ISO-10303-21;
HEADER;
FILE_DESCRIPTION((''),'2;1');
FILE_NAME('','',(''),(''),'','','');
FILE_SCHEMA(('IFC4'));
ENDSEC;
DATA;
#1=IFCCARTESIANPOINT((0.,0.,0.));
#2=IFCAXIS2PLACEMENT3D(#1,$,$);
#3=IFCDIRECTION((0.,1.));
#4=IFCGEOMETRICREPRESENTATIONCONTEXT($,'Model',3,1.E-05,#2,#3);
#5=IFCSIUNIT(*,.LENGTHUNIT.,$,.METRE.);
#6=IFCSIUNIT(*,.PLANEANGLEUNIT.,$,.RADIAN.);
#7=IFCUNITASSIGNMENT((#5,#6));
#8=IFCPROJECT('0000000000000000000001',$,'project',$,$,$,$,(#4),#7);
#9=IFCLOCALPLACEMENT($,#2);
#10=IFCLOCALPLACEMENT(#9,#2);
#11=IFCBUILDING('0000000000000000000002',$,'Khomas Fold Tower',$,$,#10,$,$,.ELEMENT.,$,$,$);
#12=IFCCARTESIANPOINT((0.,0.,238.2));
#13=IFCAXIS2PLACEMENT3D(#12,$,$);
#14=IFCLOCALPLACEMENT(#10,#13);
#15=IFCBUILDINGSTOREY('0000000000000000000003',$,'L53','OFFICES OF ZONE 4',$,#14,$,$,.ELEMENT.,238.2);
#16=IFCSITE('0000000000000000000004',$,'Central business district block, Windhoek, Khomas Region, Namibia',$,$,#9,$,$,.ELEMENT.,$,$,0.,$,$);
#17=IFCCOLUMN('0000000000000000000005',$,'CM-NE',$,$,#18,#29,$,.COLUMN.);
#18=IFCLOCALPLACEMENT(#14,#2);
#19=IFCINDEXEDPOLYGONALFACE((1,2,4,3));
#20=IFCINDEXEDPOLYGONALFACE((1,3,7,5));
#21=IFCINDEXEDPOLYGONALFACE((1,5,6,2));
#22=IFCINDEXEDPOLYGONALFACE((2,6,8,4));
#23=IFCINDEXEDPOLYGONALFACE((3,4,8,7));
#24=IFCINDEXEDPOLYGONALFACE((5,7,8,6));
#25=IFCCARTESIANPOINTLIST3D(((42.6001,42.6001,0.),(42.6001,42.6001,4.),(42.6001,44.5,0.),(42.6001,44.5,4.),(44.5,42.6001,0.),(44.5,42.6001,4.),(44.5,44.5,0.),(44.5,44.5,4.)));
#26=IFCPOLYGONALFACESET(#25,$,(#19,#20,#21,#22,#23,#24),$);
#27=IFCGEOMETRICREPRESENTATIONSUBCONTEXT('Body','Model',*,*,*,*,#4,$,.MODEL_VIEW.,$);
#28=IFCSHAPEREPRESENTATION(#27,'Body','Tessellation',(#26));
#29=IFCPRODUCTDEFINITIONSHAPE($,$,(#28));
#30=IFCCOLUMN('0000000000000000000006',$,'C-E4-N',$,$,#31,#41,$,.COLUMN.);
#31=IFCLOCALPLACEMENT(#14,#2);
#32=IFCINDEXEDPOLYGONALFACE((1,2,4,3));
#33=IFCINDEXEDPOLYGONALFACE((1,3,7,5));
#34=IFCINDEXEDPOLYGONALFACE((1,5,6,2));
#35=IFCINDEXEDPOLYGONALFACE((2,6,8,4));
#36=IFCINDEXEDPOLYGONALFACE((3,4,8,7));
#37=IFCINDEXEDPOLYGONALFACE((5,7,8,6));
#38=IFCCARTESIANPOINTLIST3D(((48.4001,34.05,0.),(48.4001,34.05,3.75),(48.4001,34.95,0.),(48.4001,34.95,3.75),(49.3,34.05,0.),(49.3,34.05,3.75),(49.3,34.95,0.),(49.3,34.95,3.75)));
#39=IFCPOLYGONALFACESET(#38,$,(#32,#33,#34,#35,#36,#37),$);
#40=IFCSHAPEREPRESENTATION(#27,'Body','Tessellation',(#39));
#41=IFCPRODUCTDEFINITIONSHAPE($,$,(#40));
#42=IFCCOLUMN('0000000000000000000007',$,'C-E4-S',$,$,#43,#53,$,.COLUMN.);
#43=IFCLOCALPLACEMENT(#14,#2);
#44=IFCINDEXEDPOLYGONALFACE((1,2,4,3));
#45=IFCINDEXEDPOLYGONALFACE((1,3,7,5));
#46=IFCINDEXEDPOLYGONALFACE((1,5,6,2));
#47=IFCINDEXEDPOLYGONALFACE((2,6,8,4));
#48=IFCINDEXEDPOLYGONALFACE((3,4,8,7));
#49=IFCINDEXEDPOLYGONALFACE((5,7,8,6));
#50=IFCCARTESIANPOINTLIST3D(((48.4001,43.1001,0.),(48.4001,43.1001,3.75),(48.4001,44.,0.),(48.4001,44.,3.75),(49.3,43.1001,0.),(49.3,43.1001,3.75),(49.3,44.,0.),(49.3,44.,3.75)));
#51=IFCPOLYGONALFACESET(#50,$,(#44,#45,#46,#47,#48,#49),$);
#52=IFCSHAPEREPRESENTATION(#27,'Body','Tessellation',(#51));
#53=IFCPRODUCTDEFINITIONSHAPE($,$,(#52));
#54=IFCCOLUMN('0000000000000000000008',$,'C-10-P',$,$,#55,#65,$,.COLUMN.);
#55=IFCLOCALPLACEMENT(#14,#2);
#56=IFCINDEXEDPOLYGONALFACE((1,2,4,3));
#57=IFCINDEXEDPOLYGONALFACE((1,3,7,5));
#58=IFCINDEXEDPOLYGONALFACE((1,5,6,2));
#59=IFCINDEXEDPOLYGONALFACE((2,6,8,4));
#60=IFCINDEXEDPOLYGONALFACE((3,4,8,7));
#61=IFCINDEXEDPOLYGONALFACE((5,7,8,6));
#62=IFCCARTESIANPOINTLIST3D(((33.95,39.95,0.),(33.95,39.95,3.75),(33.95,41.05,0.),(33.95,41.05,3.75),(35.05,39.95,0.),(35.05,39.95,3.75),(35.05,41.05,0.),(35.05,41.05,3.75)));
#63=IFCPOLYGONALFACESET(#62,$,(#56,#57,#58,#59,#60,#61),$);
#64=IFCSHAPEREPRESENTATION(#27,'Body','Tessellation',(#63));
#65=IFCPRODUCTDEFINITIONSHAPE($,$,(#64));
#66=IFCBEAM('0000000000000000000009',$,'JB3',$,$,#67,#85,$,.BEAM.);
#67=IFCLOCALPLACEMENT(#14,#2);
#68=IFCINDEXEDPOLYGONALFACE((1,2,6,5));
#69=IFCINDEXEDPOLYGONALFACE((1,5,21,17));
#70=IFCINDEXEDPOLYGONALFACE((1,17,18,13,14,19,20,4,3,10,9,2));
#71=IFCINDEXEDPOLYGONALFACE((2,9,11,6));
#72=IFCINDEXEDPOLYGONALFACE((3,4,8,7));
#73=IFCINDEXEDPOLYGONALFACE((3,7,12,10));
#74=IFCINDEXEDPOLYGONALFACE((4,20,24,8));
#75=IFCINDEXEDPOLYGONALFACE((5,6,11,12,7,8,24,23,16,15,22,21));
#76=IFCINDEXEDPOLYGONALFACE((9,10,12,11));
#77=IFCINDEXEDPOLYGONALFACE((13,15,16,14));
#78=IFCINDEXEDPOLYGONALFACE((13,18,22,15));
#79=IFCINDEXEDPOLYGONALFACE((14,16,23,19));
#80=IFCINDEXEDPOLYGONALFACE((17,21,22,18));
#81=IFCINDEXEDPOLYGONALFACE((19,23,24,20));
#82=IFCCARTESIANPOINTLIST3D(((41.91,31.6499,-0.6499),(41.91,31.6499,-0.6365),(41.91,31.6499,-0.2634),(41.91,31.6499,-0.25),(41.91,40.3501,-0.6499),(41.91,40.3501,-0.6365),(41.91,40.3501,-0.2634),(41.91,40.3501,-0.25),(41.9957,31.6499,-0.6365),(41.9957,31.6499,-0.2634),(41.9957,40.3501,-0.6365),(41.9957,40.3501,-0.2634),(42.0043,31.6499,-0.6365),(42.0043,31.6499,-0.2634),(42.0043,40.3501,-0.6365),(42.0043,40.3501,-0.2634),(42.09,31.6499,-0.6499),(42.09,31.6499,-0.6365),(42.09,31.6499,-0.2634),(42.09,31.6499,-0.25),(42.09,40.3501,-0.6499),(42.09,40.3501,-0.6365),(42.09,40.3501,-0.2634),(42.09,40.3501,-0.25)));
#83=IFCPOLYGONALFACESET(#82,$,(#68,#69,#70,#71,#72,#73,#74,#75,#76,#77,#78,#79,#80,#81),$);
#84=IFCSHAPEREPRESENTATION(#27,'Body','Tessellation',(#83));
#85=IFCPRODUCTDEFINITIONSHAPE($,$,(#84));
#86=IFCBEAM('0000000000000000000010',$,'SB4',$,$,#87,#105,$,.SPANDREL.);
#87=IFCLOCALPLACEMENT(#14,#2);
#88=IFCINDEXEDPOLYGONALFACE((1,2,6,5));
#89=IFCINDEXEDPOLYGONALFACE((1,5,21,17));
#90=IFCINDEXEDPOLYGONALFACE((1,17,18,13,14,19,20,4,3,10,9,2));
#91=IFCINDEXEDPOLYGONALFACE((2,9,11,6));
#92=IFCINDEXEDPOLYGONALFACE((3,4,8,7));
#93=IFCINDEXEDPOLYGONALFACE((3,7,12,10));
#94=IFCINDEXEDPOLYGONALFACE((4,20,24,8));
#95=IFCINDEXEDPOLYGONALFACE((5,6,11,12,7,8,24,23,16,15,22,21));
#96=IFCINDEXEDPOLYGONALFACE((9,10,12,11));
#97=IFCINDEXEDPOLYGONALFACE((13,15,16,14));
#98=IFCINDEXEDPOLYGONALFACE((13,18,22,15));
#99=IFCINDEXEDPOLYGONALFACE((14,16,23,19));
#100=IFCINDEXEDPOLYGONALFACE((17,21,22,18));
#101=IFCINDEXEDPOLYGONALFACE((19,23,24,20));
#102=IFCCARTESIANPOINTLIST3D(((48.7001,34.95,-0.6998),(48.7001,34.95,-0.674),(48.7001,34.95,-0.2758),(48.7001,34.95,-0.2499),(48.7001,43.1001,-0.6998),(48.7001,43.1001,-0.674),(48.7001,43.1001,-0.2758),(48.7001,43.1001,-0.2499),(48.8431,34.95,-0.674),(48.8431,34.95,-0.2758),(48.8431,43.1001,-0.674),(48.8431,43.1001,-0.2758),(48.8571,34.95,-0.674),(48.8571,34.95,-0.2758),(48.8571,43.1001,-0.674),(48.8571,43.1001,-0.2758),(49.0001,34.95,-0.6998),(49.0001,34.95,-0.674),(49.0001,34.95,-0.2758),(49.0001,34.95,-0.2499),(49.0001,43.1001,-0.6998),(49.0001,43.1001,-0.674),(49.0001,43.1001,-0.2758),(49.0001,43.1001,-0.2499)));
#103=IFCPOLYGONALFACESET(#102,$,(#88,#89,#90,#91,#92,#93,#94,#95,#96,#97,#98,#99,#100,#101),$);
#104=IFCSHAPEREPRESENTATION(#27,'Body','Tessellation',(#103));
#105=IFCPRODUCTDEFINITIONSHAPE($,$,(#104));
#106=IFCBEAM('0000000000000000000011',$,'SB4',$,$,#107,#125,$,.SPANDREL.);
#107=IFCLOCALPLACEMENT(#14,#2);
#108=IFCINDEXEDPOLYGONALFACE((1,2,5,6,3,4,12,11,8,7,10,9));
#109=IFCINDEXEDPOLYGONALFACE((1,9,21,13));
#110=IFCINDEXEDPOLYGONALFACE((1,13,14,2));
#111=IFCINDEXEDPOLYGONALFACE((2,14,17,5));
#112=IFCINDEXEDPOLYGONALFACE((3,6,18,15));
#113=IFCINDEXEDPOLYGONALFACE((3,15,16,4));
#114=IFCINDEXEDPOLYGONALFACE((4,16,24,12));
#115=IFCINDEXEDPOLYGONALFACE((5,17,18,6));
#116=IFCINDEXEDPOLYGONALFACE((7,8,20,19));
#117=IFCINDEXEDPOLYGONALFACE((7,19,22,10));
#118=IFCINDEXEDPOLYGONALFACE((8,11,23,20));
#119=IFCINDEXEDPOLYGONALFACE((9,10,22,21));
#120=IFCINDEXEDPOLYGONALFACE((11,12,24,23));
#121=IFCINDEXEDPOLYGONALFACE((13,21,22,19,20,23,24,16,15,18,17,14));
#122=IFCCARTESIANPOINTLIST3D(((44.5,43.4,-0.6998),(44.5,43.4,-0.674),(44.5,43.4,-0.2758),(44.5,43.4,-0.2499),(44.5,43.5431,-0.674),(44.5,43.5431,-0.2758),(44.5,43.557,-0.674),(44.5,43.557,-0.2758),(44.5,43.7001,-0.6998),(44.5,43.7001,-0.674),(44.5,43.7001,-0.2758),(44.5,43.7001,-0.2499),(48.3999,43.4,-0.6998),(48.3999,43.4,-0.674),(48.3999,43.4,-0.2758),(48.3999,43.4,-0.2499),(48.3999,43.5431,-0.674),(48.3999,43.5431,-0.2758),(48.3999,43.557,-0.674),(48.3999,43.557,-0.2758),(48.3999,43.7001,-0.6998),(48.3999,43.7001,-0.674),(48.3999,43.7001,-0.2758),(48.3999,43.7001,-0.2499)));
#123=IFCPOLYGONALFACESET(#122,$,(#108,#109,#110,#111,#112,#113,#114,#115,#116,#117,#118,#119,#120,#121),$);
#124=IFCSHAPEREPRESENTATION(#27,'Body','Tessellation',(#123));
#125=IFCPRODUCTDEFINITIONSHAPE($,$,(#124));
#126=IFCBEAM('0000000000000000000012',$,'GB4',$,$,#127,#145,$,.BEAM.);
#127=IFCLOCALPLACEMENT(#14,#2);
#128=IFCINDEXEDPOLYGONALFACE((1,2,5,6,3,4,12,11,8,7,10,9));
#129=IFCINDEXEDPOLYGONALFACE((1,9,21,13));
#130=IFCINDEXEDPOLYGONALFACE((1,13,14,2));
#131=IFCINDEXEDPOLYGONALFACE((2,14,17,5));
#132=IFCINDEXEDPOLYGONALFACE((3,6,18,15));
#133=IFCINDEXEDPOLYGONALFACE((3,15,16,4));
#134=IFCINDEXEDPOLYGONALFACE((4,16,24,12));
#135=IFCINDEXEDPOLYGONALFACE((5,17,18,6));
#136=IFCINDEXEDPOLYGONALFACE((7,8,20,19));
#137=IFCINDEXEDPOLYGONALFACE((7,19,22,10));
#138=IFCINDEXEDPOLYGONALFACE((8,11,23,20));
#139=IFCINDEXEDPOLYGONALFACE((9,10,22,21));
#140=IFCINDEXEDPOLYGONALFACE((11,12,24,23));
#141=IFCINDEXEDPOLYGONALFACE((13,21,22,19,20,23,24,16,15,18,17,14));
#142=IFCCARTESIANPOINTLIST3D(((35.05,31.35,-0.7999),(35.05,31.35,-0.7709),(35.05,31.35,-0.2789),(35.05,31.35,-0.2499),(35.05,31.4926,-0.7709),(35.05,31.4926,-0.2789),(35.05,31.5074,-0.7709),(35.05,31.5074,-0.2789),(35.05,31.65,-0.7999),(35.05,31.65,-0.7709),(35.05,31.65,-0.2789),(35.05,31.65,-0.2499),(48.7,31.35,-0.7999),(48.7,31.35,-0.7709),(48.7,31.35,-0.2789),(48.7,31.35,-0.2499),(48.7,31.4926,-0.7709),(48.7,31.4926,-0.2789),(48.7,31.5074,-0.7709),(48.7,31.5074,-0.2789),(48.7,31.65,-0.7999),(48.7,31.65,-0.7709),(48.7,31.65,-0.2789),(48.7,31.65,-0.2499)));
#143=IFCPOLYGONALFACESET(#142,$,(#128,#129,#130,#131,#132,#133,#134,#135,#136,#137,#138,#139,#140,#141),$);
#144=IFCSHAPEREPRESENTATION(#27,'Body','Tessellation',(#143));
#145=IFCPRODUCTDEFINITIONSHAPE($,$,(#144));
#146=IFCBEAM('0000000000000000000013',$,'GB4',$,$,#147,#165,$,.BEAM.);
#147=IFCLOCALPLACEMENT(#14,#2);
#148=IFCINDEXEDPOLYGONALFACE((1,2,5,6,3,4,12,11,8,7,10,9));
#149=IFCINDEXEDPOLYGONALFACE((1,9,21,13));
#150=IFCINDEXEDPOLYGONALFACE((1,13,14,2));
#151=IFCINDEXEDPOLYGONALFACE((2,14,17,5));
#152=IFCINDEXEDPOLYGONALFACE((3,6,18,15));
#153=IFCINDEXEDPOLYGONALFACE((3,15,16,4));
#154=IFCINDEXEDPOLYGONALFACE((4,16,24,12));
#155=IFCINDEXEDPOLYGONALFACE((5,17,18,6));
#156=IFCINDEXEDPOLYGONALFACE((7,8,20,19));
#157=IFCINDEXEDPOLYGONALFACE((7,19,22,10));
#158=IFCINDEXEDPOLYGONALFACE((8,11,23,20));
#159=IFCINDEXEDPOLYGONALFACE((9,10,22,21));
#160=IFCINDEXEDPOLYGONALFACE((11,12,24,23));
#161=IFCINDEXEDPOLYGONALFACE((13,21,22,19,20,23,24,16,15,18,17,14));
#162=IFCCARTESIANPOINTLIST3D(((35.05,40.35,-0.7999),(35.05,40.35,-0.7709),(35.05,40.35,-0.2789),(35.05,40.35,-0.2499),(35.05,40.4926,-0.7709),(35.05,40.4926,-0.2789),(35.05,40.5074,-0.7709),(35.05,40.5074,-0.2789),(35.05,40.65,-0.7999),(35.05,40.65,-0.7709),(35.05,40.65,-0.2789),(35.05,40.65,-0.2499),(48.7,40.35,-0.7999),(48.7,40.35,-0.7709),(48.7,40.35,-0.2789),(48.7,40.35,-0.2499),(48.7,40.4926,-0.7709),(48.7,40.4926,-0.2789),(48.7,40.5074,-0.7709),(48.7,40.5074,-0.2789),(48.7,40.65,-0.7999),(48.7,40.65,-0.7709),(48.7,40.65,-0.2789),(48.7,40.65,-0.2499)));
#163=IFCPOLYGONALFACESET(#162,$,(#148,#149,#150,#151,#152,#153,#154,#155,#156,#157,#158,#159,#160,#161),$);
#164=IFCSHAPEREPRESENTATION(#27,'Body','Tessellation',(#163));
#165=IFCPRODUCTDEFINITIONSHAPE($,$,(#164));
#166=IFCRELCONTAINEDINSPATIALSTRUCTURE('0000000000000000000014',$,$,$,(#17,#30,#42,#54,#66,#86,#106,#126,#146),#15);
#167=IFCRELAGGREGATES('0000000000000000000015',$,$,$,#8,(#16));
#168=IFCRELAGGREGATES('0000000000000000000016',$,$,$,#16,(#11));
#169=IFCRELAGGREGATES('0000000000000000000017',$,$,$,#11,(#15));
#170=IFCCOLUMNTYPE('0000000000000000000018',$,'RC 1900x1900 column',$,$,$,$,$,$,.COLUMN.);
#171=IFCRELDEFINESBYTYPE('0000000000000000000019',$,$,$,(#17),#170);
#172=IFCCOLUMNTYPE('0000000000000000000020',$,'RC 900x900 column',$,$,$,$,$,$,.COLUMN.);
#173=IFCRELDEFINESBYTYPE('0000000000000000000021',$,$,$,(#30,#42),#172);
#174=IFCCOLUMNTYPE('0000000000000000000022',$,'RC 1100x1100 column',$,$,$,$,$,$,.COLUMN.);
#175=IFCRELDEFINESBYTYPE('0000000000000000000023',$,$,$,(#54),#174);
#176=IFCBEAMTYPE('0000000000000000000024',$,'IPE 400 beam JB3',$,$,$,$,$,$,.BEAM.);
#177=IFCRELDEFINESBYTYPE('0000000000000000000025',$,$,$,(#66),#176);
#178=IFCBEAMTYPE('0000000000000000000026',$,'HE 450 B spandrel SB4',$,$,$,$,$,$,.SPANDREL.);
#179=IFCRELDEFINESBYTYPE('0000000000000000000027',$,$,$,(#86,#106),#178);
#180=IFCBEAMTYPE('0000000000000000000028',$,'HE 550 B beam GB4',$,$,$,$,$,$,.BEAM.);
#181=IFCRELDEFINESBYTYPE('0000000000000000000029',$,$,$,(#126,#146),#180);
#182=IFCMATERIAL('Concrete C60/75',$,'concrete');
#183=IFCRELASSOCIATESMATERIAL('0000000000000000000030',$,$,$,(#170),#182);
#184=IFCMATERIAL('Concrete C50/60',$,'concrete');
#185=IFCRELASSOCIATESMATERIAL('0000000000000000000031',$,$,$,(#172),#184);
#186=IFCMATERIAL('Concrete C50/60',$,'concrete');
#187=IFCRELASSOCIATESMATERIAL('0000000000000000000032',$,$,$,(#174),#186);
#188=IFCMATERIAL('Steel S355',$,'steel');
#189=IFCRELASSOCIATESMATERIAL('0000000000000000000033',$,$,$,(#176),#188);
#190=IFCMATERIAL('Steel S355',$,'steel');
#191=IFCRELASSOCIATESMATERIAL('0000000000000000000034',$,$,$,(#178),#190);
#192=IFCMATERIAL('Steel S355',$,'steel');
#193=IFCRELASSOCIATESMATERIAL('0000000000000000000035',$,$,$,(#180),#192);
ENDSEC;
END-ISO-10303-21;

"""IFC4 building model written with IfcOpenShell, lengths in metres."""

from ifc_helpers import new_model, si_unit, direction, frame, origin, origin_2d, place, context, subcontext, project, spatial, rectangle, i_section, extrude, source, transform, mapped, material, material_profile, profile_set, type_object, element, save


model = new_model("IFC4")

# Units and contexts
model_context = context("Model", 3, precision=1e-05, world=origin(), true_north=direction((0.0, 1.0)))
body_context = subcontext(model_context, "Body", "Model", "MODEL_VIEW")
ifc_project = project(units=[si_unit("LENGTHUNIT", "METRE"), si_unit("PLANEANGLEUNIT", "RADIAN")], contexts=[model_context])

# Site, building, storey
site_placement = place(None, origin())
site = spatial("IfcSite", under=ifc_project, at=site_placement, Name="Central business district block, Windhoek, Khomas Region, Namibia", CompositionType="ELEMENT", RefElevation=0.0)
building_placement = place(site_placement, origin())
building = spatial("IfcBuilding", under=site, at=building_placement, Name="Khomas Fold Tower", CompositionType="ELEMENT")
storey_placement = place(building_placement, frame((0.0, 0.0, 238.2)))
storey = spatial("IfcBuildingStorey", under=building, at=storey_placement, Name="L53", Description="OFFICES OF ZONE 4", CompositionType="ELEMENT", Elevation=238.2)

# Columns
ifc_material_1 = material(Name="Concrete C60/75", Category="concrete")
ifc_material_profile_1 = material_profile(ifc_material_1, rectangle(XDim=1.8999, YDim=1.8999, at=origin_2d()), Name="RC 1900x1900")
ifc_profile_set_1 = profile_set([ifc_material_profile_1], Name="Concrete C60/75")
column_type_1 = type_object("IfcColumnType", Name="RC 1900x1900 column", PredefinedType="COLUMN", material=ifc_profile_set_1)
shared_shape_1 = source(origin(), body_context, "Body", "SweptSolid", [
    extrude(rectangle(XDim=1.8999, YDim=1.8999, at=origin_2d()), origin(), (0.0, 0.0, 1.0), 4.0),
])
column_1_placement = place(storey_placement, frame((43.55, 43.55, 0.0), z_axis=(0.0, 0.0, 1.0), x_axis=(1.0, 0.0, 0.0)))
element("IfcColumn", 1, at=column_1_placement, inside=storey, type_object=column_type_1, Name="CM-NE", PredefinedType="COLUMN", context=body_context, shape_type="MappedRepresentation", body=[
    mapped(shared_shape_1, transform((0.0, 0.0, 0.0))),
])
ifc_material_2 = material(Name="Concrete C50/60", Category="concrete")
ifc_material_profile_2 = material_profile(ifc_material_2, rectangle(XDim=0.8999, YDim=0.8999, at=origin_2d()), Name="RC 900x900")
ifc_profile_set_2 = profile_set([ifc_material_profile_2], Name="Concrete C50/60")
column_type_2 = type_object("IfcColumnType", Name="RC 900x900 column", PredefinedType="COLUMN", material=ifc_profile_set_2)
shared_shape_2 = source(origin(), body_context, "Body", "SweptSolid", [
    extrude(rectangle(XDim=0.8999, YDim=0.8999, at=origin_2d()), origin(), (0.0, 0.0, 1.0), 3.75),
])
for number, where, z_axis, x_axis, name in (
    (2, (48.8501, 34.5, 0.0), (0.0, 0.0, 1.0), (1.0, 0.0, 0.0), "C-E4-N"),
    (3, (48.8501, 43.55, 0.0), (0.0, 0.0, 1.0), (1.0, 0.0, 0.0), "C-E4-S"),
):
    element("IfcColumn", number, at=place(storey_placement, frame(where, z_axis=z_axis, x_axis=x_axis)), inside=storey, type_object=column_type_2, Name=name, PredefinedType="COLUMN", context=body_context, shape_type="MappedRepresentation", body=[
        mapped(shared_shape_2, transform((0.0, 0.0, 0.0))),
    ])
ifc_material_3 = material(Name="Concrete C50/60", Category="concrete")
ifc_material_profile_3 = material_profile(ifc_material_3, rectangle(XDim=1.1001, YDim=1.1001, at=origin_2d()), Name="RC 1100x1100")
ifc_profile_set_3 = profile_set([ifc_material_profile_3], Name="Concrete C50/60")
column_type_3 = type_object("IfcColumnType", Name="RC 1100x1100 column", PredefinedType="COLUMN", material=ifc_profile_set_3)
shared_shape_3 = source(origin(), body_context, "Body", "SweptSolid", [
    extrude(rectangle(XDim=1.1001, YDim=1.1001, at=origin_2d()), origin(), (0.0, 0.0, 1.0), 3.75),
])
column_2_placement = place(storey_placement, frame((34.5, 40.5, 0.0), z_axis=(0.0, 0.0, 1.0), x_axis=(1.0, 0.0, 0.0)))
element("IfcColumn", 4, at=column_2_placement, inside=storey, type_object=column_type_3, Name="C-10-P", PredefinedType="COLUMN", context=body_context, shape_type="MappedRepresentation", body=[
    mapped(shared_shape_3, transform((0.0, 0.0, 0.0))),
])

# Beams
ifc_material_4 = material(Name="Steel S355", Category="steel")
ifc_material_profile_4 = material_profile(ifc_material_4, i_section(OverallWidth=0.1799, OverallDepth=0.3999, WebThickness=0.0085, FlangeThickness=0.0134, at=origin_2d()), Name="IPE 400")
ifc_profile_set_4 = profile_set([ifc_material_profile_4], Name="Steel S355")
beam_type_1 = type_object("IfcBeamType", Name="IPE 400 beam JB3", PredefinedType="BEAM", material=ifc_profile_set_4)
shared_shape_4 = source(origin(), body_context, "Body", "SweptSolid", [
    extrude(i_section(OverallWidth=0.1799, OverallDepth=0.3999, WebThickness=0.0085, FlangeThickness=0.0134, at=origin_2d()), origin(), (0.0, 0.0, 1.0), 8.7002),
])
beam_1_placement = place(storey_placement, frame((42.0, 31.6499, -0.45), z_axis=(0.0, 1.0, 0.0), x_axis=(-1.0, 0.0, 0.0)))
element("IfcBeam", 5, at=beam_1_placement, inside=storey, type_object=beam_type_1, Name="JB3", PredefinedType="BEAM", context=body_context, shape_type="MappedRepresentation", body=[
    mapped(shared_shape_4, transform((0.0, 0.0, 0.0))),
])
ifc_material_5 = material(Name="Steel S355", Category="steel")
ifc_material_profile_5 = material_profile(ifc_material_5, i_section(OverallWidth=0.3, OverallDepth=0.45, WebThickness=0.0139, FlangeThickness=0.0259, at=origin_2d()), Name="HE 450 B")
ifc_profile_set_5 = profile_set([ifc_material_profile_5], Name="Steel S355")
beam_type_2 = type_object("IfcBeamType", Name="HE 450 B spandrel SB4", PredefinedType="SPANDREL", material=ifc_profile_set_5)
shared_shape_5 = source(origin(), body_context, "Body", "SweptSolid", [
    extrude(i_section(OverallWidth=0.3, OverallDepth=0.45, WebThickness=0.0139, FlangeThickness=0.0259, at=origin_2d()), origin(), (0.0, 0.0, 1.0), 8.1501),
])
beam_2_placement = place(storey_placement, frame((48.8501, 34.95, -0.4749), z_axis=(0.0, 1.0, 0.0), x_axis=(-1.0, 0.0, 0.0)))
element("IfcBeam", 6, at=beam_2_placement, inside=storey, type_object=beam_type_2, Name="SB4", PredefinedType="SPANDREL", context=body_context, shape_type="MappedRepresentation", body=[
    mapped(shared_shape_5, transform((0.0, 0.0, 0.0))),
])
shared_shape_6 = source(origin(), body_context, "Body", "SweptSolid", [
    extrude(i_section(OverallWidth=0.3, OverallDepth=0.45, WebThickness=0.0139, FlangeThickness=0.0259, at=origin_2d()), origin(), (0.0, 0.0, 1.0), 3.8999),
])
beam_3_placement = place(storey_placement, frame((44.5, 43.55, -0.4749), z_axis=(1.0, 0.0, 0.0), x_axis=(0.0, 1.0, 0.0)))
element("IfcBeam", 7, at=beam_3_placement, inside=storey, type_object=beam_type_2, Name="SB4", PredefinedType="SPANDREL", context=body_context, shape_type="MappedRepresentation", body=[
    mapped(shared_shape_6, transform((0.0, 0.0, 0.0))),
])
ifc_material_6 = material(Name="Steel S355", Category="steel")
ifc_material_profile_6 = material_profile(ifc_material_6, i_section(OverallWidth=0.3, OverallDepth=0.55, WebThickness=0.0149, FlangeThickness=0.0291, at=origin_2d()), Name="HE 550 B")
ifc_profile_set_6 = profile_set([ifc_material_profile_6], Name="Steel S355")
beam_type_3 = type_object("IfcBeamType", Name="HE 550 B beam GB4", PredefinedType="BEAM", material=ifc_profile_set_6)
shared_shape_7 = source(origin(), body_context, "Body", "SweptSolid", [
    extrude(i_section(OverallWidth=0.3, OverallDepth=0.55, WebThickness=0.0149, FlangeThickness=0.0291, at=origin_2d()), origin(), (0.0, 0.0, 1.0), 13.6499),
])
for number, where, z_axis, x_axis, name in (
    (8, (35.05, 31.5, -0.5249), (1.0, 0.0, 0.0), (0.0, 1.0, 0.0), "GB4"),
    (9, (35.05, 40.5, -0.5249), (1.0, 0.0, 0.0), (0.0, 1.0, 0.0), "GB4"),
):
    element("IfcBeam", number, at=place(storey_placement, frame(where, z_axis=z_axis, x_axis=x_axis)), inside=storey, type_object=beam_type_3, Name=name, PredefinedType="BEAM", context=body_context, shape_type="MappedRepresentation", body=[
        mapped(shared_shape_7, transform((0.0, 0.0, 0.0))),
    ])

save(model, "model.ifc")
